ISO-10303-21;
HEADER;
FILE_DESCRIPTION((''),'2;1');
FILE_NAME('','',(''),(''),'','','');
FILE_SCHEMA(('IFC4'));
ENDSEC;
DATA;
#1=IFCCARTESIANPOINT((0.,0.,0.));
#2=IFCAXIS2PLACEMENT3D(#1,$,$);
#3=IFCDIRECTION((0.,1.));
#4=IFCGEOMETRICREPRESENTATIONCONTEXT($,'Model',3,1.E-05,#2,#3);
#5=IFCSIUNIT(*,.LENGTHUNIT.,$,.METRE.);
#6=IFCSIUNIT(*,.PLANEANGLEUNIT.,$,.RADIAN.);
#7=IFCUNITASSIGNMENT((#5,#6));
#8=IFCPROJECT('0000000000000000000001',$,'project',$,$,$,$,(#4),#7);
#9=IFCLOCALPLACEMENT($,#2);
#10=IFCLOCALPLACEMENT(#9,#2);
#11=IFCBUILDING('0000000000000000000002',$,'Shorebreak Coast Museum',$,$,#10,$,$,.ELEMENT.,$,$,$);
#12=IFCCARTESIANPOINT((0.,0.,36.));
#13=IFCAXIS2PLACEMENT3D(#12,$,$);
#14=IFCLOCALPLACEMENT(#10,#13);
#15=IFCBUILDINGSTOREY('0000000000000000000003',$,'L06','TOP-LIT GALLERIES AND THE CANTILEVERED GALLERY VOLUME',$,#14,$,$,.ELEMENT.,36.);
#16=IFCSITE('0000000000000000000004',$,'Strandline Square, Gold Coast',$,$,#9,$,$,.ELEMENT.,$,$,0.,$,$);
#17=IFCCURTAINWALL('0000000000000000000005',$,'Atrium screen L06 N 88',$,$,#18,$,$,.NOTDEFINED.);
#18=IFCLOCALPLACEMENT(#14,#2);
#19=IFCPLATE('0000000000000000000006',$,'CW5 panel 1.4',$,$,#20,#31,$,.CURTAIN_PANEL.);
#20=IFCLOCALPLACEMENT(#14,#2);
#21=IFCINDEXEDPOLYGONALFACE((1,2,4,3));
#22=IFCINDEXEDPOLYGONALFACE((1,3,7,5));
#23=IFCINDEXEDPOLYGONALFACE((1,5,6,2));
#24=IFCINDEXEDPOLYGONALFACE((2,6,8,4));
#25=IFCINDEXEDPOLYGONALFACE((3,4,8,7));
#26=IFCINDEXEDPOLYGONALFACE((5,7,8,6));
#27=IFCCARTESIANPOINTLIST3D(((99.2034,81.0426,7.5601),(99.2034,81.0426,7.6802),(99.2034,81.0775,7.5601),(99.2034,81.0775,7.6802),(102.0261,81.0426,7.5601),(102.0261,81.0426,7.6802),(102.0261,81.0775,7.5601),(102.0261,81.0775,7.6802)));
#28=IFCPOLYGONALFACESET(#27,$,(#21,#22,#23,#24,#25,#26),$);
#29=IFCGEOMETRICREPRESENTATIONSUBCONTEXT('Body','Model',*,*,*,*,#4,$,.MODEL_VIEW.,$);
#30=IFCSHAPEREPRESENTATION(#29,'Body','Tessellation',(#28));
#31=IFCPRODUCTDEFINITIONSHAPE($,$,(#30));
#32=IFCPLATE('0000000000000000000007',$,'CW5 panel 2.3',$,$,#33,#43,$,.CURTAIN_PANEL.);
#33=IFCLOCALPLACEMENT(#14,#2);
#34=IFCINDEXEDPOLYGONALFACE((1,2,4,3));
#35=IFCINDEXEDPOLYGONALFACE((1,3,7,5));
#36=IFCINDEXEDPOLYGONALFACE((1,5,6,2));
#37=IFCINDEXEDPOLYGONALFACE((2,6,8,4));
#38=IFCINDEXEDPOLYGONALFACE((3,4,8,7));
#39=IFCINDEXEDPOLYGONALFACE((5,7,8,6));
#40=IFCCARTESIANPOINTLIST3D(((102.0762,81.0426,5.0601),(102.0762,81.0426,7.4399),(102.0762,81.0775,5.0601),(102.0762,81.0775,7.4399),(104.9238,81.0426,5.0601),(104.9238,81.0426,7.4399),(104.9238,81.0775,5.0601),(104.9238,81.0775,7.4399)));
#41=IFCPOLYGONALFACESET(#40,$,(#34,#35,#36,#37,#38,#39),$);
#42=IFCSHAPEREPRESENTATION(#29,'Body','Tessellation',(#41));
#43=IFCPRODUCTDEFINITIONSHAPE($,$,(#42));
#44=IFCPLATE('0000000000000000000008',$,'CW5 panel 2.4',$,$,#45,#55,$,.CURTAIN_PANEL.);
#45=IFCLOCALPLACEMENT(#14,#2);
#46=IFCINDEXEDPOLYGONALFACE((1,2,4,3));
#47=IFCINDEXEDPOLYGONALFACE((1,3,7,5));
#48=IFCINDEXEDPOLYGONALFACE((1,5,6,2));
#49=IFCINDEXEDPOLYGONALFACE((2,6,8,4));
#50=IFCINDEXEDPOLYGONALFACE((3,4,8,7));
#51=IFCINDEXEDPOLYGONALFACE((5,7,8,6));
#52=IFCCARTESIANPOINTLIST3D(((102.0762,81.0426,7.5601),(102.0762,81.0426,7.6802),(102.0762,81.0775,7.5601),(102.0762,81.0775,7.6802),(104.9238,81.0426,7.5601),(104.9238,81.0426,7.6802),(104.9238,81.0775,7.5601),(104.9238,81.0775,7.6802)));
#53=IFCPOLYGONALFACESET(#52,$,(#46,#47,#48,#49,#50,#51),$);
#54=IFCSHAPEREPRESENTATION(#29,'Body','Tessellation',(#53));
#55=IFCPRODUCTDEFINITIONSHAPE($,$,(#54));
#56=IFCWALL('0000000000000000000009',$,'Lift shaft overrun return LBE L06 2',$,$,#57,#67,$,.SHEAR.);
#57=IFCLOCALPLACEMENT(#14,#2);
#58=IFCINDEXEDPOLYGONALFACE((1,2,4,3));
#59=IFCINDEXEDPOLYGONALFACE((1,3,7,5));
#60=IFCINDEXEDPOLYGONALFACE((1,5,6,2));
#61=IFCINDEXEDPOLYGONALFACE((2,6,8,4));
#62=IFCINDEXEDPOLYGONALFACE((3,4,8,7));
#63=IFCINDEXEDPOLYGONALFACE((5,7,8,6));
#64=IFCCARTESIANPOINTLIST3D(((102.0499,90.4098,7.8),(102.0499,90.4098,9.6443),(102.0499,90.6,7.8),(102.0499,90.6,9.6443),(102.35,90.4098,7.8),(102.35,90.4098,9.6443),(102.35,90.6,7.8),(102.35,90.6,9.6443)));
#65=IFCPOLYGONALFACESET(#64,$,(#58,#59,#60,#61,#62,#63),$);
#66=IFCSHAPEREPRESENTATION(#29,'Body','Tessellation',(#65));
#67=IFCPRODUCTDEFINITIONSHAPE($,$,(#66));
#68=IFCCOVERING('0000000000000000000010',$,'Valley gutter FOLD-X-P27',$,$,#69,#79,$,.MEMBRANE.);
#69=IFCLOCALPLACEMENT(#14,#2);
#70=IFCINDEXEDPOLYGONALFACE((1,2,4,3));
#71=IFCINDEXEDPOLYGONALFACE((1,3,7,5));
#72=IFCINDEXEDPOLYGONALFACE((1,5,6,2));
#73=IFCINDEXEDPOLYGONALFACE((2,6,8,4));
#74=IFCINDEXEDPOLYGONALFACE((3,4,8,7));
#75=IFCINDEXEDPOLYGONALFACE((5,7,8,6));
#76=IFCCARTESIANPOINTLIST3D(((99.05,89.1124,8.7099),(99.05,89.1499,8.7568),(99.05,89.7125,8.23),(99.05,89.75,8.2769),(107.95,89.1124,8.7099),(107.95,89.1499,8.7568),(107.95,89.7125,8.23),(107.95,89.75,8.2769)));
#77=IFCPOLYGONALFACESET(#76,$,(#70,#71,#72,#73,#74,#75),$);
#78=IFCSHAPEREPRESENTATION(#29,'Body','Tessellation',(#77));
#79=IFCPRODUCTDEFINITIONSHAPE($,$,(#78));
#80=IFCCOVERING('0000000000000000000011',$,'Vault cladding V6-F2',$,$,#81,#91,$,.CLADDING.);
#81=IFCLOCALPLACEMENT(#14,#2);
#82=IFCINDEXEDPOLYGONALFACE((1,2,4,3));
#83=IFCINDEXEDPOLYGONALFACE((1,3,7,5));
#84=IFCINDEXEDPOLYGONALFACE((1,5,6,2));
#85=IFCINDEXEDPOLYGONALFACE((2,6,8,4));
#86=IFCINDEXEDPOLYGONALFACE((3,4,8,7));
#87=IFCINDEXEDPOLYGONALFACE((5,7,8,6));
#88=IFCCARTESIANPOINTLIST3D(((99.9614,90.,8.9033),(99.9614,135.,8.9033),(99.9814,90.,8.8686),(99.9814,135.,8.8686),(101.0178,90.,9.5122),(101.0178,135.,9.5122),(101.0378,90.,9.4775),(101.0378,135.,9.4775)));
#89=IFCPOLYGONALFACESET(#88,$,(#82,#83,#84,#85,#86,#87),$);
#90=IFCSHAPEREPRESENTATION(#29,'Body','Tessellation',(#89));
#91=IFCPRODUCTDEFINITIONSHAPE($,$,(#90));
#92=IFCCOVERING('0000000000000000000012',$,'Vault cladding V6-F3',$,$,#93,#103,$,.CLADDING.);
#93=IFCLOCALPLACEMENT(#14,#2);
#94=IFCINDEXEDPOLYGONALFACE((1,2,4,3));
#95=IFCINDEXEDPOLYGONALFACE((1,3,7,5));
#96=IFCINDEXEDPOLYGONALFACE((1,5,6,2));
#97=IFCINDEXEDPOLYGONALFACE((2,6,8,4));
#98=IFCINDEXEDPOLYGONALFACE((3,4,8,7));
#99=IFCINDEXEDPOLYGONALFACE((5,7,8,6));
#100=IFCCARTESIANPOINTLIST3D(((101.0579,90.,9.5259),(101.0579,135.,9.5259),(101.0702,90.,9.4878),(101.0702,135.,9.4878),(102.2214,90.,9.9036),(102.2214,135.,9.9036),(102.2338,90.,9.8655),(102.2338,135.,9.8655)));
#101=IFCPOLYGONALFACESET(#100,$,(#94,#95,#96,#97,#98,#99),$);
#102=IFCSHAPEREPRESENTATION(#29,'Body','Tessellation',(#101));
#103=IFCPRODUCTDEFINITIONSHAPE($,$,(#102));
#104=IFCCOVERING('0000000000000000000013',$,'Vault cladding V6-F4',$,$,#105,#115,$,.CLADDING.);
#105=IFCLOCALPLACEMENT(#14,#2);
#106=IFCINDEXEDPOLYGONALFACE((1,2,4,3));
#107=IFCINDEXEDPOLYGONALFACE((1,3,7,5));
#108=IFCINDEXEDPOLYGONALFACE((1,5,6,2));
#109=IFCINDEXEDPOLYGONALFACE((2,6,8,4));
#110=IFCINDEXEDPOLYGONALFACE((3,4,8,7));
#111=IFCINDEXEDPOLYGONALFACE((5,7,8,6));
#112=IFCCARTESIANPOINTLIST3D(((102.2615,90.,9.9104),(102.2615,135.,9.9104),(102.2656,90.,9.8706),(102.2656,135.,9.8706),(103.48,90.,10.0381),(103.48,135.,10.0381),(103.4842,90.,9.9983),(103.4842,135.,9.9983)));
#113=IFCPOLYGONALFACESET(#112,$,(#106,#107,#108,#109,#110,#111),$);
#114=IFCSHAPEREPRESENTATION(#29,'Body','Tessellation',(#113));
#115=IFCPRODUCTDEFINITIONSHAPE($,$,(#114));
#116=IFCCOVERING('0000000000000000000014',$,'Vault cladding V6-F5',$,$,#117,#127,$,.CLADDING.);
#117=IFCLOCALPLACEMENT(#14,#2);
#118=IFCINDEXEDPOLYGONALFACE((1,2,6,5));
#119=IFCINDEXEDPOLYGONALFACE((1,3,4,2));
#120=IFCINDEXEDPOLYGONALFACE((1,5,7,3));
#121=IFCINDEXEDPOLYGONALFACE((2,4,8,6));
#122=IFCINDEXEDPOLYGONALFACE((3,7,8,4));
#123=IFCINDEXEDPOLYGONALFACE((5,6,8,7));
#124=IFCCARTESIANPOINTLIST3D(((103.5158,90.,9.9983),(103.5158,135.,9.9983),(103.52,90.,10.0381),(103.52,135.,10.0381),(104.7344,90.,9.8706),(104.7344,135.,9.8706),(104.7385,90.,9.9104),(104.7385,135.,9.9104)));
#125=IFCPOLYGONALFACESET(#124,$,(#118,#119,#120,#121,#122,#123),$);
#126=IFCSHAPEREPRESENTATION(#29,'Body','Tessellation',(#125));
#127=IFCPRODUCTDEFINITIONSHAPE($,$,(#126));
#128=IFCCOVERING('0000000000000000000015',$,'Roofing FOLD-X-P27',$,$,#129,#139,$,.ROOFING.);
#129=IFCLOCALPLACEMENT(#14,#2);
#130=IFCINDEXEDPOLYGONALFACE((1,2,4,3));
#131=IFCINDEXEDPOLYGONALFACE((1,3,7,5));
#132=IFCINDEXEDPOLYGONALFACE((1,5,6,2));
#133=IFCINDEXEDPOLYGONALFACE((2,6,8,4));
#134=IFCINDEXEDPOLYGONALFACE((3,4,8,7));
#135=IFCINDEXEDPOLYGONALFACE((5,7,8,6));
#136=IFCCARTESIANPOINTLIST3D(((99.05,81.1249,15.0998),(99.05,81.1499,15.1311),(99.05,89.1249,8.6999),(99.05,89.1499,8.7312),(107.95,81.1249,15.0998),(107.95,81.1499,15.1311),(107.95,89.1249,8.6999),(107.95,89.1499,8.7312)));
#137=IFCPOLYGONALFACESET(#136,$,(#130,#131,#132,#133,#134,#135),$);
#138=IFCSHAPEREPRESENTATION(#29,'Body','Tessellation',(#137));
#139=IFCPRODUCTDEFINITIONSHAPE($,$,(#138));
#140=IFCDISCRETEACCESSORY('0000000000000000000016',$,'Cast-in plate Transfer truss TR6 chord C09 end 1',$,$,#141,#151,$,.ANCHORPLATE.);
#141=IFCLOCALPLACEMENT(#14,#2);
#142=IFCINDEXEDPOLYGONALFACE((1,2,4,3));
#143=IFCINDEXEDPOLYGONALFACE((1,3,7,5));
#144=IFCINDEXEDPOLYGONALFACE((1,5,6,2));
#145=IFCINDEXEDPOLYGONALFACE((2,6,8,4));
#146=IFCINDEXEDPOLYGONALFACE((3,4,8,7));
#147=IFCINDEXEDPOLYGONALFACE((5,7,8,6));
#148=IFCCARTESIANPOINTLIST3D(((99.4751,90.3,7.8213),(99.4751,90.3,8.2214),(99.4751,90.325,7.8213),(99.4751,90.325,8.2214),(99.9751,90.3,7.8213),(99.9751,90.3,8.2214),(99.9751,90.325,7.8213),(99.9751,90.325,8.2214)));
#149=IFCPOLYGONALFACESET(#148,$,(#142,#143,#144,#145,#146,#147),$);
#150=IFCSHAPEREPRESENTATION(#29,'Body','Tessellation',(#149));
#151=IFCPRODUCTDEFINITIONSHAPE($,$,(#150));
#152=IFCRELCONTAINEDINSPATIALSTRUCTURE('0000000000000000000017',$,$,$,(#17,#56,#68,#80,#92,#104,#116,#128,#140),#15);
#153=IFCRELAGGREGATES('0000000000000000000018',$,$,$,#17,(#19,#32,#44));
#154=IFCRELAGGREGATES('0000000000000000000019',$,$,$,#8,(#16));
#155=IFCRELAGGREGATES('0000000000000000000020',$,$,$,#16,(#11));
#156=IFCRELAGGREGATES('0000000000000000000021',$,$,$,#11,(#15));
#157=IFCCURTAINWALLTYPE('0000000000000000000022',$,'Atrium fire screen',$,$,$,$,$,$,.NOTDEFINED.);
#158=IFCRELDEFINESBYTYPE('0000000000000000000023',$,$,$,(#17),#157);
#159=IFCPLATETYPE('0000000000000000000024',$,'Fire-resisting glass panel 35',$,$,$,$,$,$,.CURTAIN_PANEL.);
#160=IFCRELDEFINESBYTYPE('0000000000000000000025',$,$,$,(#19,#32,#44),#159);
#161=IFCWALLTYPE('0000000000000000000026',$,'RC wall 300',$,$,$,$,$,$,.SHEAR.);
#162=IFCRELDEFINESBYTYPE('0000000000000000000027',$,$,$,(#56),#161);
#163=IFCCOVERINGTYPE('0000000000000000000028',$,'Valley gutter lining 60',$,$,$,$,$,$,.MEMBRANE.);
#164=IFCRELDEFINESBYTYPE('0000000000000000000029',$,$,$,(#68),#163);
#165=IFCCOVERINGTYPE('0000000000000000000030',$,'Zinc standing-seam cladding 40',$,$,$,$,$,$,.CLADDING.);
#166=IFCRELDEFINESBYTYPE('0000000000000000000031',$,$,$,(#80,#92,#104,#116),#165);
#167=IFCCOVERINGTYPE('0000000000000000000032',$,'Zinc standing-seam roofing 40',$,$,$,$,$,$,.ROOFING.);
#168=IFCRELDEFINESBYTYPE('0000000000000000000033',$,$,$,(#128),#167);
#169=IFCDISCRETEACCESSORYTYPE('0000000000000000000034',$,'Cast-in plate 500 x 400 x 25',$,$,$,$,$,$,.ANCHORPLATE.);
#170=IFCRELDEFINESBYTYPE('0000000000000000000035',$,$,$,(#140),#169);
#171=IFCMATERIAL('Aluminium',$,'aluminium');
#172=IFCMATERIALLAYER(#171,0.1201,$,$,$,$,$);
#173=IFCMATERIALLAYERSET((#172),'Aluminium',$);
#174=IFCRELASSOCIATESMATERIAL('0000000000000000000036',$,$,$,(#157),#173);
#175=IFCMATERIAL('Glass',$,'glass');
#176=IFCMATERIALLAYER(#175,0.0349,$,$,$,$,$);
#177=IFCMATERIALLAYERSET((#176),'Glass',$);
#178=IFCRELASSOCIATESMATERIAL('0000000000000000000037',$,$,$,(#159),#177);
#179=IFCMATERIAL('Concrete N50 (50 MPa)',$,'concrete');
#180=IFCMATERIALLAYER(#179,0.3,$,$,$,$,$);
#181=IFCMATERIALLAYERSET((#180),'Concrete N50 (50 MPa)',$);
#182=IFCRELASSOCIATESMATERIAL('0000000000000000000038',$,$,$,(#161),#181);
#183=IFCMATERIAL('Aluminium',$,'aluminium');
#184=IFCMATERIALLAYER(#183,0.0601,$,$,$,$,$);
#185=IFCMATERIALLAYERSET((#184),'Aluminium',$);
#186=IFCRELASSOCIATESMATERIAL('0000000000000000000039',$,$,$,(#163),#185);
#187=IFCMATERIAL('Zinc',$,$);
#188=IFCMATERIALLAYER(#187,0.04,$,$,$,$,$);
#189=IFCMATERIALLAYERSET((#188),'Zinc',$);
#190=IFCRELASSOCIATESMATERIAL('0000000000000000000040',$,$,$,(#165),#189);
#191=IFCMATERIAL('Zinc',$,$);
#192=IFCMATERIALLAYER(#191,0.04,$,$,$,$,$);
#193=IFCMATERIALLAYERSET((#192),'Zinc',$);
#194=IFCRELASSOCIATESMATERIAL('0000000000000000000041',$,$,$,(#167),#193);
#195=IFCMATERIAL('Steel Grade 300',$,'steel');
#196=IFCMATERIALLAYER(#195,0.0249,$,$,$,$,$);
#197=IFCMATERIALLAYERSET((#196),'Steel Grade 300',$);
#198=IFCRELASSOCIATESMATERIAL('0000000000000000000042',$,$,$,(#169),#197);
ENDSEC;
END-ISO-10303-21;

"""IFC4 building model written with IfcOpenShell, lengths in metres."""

from ifc_helpers import new_model, si_unit, direction, frame, frame_2d, origin, origin_2d, place, context, subcontext, project, spatial, polyline, rectangle, outline, extrude, material, layer, layer_set, type_object, element, aggregate, save


model = new_model("IFC4")

# Units and contexts
model_context = context("Model", 3, precision=1e-05, world=origin(), true_north=direction((0.0, 1.0)))
body_context = subcontext(model_context, "Body", "Model", "MODEL_VIEW")
ifc_project = project(units=[si_unit("LENGTHUNIT", "METRE"), si_unit("PLANEANGLEUNIT", "RADIAN")], contexts=[model_context])

# Site, building, storey
site_placement = place(None, origin())
site = spatial("IfcSite", under=ifc_project, at=site_placement, Name="Strandline Square, Gold Coast", CompositionType="ELEMENT", RefElevation=0.0)
building_placement = place(site_placement, origin())
building = spatial("IfcBuilding", under=site, at=building_placement, Name="Shorebreak Coast Museum", CompositionType="ELEMENT")
storey_placement = place(building_placement, frame((0.0, 0.0, 36.0)))
storey = spatial("IfcBuildingStorey", under=building, at=storey_placement, Name="L06", Description="TOP-LIT GALLERIES AND THE CANTILEVERED GALLERY VOLUME", CompositionType="ELEMENT", Elevation=36.0)

# Curtain wall, plates
ifc_material_1 = material(Name="Aluminium", Category="aluminium")
ifc_layer_1 = layer(ifc_material_1, 0.1201)
ifc_layer_set_1 = layer_set([ifc_layer_1], Name="Aluminium")
curtain_wall_type = type_object("IfcCurtainWallType", Name="Atrium fire screen", PredefinedType="NOTDEFINED", material=ifc_layer_set_1)
curtain_wall_placement = place(storey_placement, origin())
curtain_wall = element("IfcCurtainWall", 1, at=curtain_wall_placement, inside=storey, type_object=curtain_wall_type, Name="Atrium screen L06 N 88", PredefinedType="NOTDEFINED")
ifc_material_2 = material(Name="Glass", Category="glass")
ifc_layer_2 = layer(ifc_material_2, 0.0349)
ifc_layer_set_2 = layer_set([ifc_layer_2], Name="Glass")
plate_type = type_object("IfcPlateType", Name="Fire-resisting glass panel 35", PredefinedType="CURTAIN_PANEL", material=ifc_layer_set_2)
plate_1_placement = place(storey_placement, frame((100.6147, 81.0601, 7.5601), z_axis=(0.0, 0.0, 1.0), x_axis=(1.0, 0.0, 0.0)))
plate_1 = element("IfcPlate", 2, at=plate_1_placement, type_object=plate_type, Name="CW5 panel 1.4", PredefinedType="CURTAIN_PANEL", context=body_context, shape_type="SweptSolid", body=[
    extrude(rectangle(XDim=2.8228, YDim=0.0349, at=origin_2d()), origin(), (0.0, 0.0, 1.0), 0.1201),
])
plate_2_placement = place(storey_placement, frame((103.5, 81.0601, 5.0601), z_axis=(0.0, 0.0, 1.0), x_axis=(1.0, 0.0, 0.0)))
plate_2 = element("IfcPlate", 3, at=plate_2_placement, type_object=plate_type, Name="CW5 panel 2.3", PredefinedType="CURTAIN_PANEL", context=body_context, shape_type="SweptSolid", body=[
    extrude(rectangle(XDim=2.8477, YDim=0.0349, at=origin_2d()), origin(), (0.0, 0.0, 1.0), 2.3799),
])
plate_3_placement = place(storey_placement, frame((103.5, 81.0601, 7.5601), z_axis=(0.0, 0.0, 1.0), x_axis=(1.0, 0.0, 0.0)))
plate_3 = element("IfcPlate", 4, at=plate_3_placement, type_object=plate_type, Name="CW5 panel 2.4", PredefinedType="CURTAIN_PANEL", context=body_context, shape_type="SweptSolid", body=[
    extrude(rectangle(XDim=2.8477, YDim=0.0349, at=origin_2d()), origin(), (0.0, 0.0, 1.0), 0.1201),
])
aggregate(curtain_wall, [plate_1, plate_2, plate_3])

# Wall
ifc_material_3 = material(Name="Concrete N50 (50 MPa)", Category="concrete")
ifc_layer_3 = layer(ifc_material_3, 0.3)
ifc_layer_set_3 = layer_set([ifc_layer_3], Name="Concrete N50 (50 MPa)")
wall_type = type_object("IfcWallType", Name="RC wall 300", PredefinedType="SHEAR", material=ifc_layer_set_3)
wall_placement = place(storey_placement, frame((102.2, 90.6001, 7.8), z_axis=(0.0, 0.0, 1.0), x_axis=(0.0, -1.0, 0.0)))
element("IfcWall", 5, at=wall_placement, inside=storey, type_object=wall_type, Name="Lift shaft overrun return LBE L06 2", PredefinedType="SHEAR", context=body_context, shape_type="SweptSolid", body=[
    extrude(rectangle(XDim=0.1902, YDim=0.3, at=frame_2d((0.0952, 0.0))), origin(), (0.0, 0.0, 1.0), 1.8442),
])

# Coverings
ifc_material_4 = material(Name="Aluminium", Category="aluminium")
ifc_layer_4 = layer(ifc_material_4, 0.0601)
ifc_layer_set_4 = layer_set([ifc_layer_4], Name="Aluminium")
covering_type_1 = type_object("IfcCoveringType", Name="Valley gutter lining 60", PredefinedType="MEMBRANE", material=ifc_layer_set_4)
covering_1_placement = place(storey_placement, frame((99.05, 89.1499, 8.7568), z_axis=(0.0, 0.624618, 0.780931), x_axis=(1.0, 0.0, 0.0)))
element("IfcCovering", 6, at=covering_1_placement, inside=storey, type_object=covering_type_1, Name="Valley gutter FOLD-X-P27", PredefinedType="MEMBRANE", context=body_context, shape_type="SweptSolid", body=[
    extrude(outline(polyline([(0.0, 0.0), (8.8999, 0.0), (8.8999, 0.7684), (0.0, 0.7684), (0.0, 0.0)])), origin(), (0.0, 0.0, -1.0), 0.0601),
])
ifc_material_5 = material(Name="Zinc")
ifc_layer_5 = layer(ifc_material_5, 0.04)
ifc_layer_set_5 = layer_set([ifc_layer_5], Name="Zinc")
covering_type_2 = type_object("IfcCoveringType", Name="Zinc standing-seam cladding 40", PredefinedType="CLADDING", material=ifc_layer_set_5)
covering_2_placement = place(storey_placement, frame((99.9614, 90.0, 8.9033), z_axis=(-0.49937, 0.0, 0.866389), x_axis=(0.866389, 0.0, 0.49937)))
element("IfcCovering", 7, at=covering_2_placement, inside=storey, type_object=covering_type_2, Name="Vault cladding V6-F2", PredefinedType="CLADDING", context=body_context, shape_type="SweptSolid", body=[
    extrude(outline(polyline([(0.0, 0.0), (1.2193, 0.0), (1.2193, 45.0), (0.0, 45.0), (0.0, 0.0)])), origin(), (0.0, 0.0, -1.0), 0.04),
])
covering_3_placement = place(storey_placement, frame((101.0579, 90.0, 9.5259), z_axis=(-0.308734, 0.0, 0.951148), x_axis=(0.951148, 0.0, 0.308734)))
element("IfcCovering", 8, at=covering_3_placement, inside=storey, type_object=covering_type_2, Name="Vault cladding V6-F3", PredefinedType="CLADDING", context=body_context, shape_type="SweptSolid", body=[
    extrude(outline(polyline([(0.0, 0.0), (1.2233, 0.0), (1.2233, 45.0), (0.0, 45.0), (0.0, 0.0)])), origin(), (0.0, 0.0, -1.0), 0.04),
])
for number, where, z_axis, x_axis, name in (
    (9, (102.2615, 90.0, 9.9104), (-0.104218, 0.0, 0.994554), (0.994554, 0.0, 0.104218), "Vault cladding V6-F4"),
    (10, (103.52, 90.0, 10.0381), (0.104218, 0.0, 0.994554), (0.994554, 0.0, -0.104218), "Vault cladding V6-F5"),
):
    element("IfcCovering", number, at=place(storey_placement, frame(where, z_axis=z_axis, x_axis=x_axis)), inside=storey, type_object=covering_type_2, Name=name, PredefinedType="CLADDING", context=body_context, shape_type="SweptSolid", body=[
        extrude(outline(polyline([(0.0, 0.0), (1.2252, 0.0), (1.2252, 45.0), (0.0, 45.0), (0.0, 0.0)])), origin(), (0.0, 0.0, -1.0), 0.04),
    ])
ifc_material_6 = material(Name="Zinc")
ifc_layer_6 = layer(ifc_material_6, 0.04)
ifc_layer_set_6 = layer_set([ifc_layer_6], Name="Zinc")
covering_type_3 = type_object("IfcCoveringType", Name="Zinc standing-seam roofing 40", PredefinedType="ROOFING", material=ifc_layer_set_6)
covering_4_placement = place(storey_placement, frame((99.05, 81.1499, 15.1311), z_axis=(0.0, 0.624689, 0.780873), x_axis=(1.0, 0.0, 0.0)))
element("IfcCovering", 11, at=covering_4_placement, inside=storey, type_object=covering_type_3, Name="Roofing FOLD-X-P27", PredefinedType="ROOFING", context=body_context, shape_type="SweptSolid", body=[
    extrude(outline(polyline([(0.0, 0.0), (8.8999, 0.0), (8.8999, 10.2449), (0.0, 10.2449), (0.0, 0.0)])), origin(), (0.0, 0.0, -1.0), 0.04),
])

# Discrete accessory
ifc_material_7 = material(Name="Steel Grade 300", Category="steel")
ifc_layer_7 = layer(ifc_material_7, 0.0249)
ifc_layer_set_7 = layer_set([ifc_layer_7], Name="Steel Grade 300")
discrete_accessory_type = type_object("IfcDiscreteAccessoryType", Name="Cast-in plate 500 x 400 x 25", PredefinedType="ANCHORPLATE", material=ifc_layer_set_7)
discrete_accessory_placement = place(storey_placement, frame((99.4751, 90.3, 7.8213), z_axis=(0.0, -1.0, 0.0), x_axis=(1.0, 0.0, 0.0)))
element("IfcDiscreteAccessory", 12, at=discrete_accessory_placement, inside=storey, type_object=discrete_accessory_type, Name="Cast-in plate Transfer truss TR6 chord C09 end 1", PredefinedType="ANCHORPLATE", context=body_context, shape_type="SweptSolid", body=[
    extrude(outline(polyline([(0.0, 0.0), (0.5, 0.0), (0.5, 0.4001), (0.0, 0.4001), (0.0, 0.0)])), origin(), (0.0, 0.0, -1.0), 0.0249),
])

save(model, "model.ifc")
